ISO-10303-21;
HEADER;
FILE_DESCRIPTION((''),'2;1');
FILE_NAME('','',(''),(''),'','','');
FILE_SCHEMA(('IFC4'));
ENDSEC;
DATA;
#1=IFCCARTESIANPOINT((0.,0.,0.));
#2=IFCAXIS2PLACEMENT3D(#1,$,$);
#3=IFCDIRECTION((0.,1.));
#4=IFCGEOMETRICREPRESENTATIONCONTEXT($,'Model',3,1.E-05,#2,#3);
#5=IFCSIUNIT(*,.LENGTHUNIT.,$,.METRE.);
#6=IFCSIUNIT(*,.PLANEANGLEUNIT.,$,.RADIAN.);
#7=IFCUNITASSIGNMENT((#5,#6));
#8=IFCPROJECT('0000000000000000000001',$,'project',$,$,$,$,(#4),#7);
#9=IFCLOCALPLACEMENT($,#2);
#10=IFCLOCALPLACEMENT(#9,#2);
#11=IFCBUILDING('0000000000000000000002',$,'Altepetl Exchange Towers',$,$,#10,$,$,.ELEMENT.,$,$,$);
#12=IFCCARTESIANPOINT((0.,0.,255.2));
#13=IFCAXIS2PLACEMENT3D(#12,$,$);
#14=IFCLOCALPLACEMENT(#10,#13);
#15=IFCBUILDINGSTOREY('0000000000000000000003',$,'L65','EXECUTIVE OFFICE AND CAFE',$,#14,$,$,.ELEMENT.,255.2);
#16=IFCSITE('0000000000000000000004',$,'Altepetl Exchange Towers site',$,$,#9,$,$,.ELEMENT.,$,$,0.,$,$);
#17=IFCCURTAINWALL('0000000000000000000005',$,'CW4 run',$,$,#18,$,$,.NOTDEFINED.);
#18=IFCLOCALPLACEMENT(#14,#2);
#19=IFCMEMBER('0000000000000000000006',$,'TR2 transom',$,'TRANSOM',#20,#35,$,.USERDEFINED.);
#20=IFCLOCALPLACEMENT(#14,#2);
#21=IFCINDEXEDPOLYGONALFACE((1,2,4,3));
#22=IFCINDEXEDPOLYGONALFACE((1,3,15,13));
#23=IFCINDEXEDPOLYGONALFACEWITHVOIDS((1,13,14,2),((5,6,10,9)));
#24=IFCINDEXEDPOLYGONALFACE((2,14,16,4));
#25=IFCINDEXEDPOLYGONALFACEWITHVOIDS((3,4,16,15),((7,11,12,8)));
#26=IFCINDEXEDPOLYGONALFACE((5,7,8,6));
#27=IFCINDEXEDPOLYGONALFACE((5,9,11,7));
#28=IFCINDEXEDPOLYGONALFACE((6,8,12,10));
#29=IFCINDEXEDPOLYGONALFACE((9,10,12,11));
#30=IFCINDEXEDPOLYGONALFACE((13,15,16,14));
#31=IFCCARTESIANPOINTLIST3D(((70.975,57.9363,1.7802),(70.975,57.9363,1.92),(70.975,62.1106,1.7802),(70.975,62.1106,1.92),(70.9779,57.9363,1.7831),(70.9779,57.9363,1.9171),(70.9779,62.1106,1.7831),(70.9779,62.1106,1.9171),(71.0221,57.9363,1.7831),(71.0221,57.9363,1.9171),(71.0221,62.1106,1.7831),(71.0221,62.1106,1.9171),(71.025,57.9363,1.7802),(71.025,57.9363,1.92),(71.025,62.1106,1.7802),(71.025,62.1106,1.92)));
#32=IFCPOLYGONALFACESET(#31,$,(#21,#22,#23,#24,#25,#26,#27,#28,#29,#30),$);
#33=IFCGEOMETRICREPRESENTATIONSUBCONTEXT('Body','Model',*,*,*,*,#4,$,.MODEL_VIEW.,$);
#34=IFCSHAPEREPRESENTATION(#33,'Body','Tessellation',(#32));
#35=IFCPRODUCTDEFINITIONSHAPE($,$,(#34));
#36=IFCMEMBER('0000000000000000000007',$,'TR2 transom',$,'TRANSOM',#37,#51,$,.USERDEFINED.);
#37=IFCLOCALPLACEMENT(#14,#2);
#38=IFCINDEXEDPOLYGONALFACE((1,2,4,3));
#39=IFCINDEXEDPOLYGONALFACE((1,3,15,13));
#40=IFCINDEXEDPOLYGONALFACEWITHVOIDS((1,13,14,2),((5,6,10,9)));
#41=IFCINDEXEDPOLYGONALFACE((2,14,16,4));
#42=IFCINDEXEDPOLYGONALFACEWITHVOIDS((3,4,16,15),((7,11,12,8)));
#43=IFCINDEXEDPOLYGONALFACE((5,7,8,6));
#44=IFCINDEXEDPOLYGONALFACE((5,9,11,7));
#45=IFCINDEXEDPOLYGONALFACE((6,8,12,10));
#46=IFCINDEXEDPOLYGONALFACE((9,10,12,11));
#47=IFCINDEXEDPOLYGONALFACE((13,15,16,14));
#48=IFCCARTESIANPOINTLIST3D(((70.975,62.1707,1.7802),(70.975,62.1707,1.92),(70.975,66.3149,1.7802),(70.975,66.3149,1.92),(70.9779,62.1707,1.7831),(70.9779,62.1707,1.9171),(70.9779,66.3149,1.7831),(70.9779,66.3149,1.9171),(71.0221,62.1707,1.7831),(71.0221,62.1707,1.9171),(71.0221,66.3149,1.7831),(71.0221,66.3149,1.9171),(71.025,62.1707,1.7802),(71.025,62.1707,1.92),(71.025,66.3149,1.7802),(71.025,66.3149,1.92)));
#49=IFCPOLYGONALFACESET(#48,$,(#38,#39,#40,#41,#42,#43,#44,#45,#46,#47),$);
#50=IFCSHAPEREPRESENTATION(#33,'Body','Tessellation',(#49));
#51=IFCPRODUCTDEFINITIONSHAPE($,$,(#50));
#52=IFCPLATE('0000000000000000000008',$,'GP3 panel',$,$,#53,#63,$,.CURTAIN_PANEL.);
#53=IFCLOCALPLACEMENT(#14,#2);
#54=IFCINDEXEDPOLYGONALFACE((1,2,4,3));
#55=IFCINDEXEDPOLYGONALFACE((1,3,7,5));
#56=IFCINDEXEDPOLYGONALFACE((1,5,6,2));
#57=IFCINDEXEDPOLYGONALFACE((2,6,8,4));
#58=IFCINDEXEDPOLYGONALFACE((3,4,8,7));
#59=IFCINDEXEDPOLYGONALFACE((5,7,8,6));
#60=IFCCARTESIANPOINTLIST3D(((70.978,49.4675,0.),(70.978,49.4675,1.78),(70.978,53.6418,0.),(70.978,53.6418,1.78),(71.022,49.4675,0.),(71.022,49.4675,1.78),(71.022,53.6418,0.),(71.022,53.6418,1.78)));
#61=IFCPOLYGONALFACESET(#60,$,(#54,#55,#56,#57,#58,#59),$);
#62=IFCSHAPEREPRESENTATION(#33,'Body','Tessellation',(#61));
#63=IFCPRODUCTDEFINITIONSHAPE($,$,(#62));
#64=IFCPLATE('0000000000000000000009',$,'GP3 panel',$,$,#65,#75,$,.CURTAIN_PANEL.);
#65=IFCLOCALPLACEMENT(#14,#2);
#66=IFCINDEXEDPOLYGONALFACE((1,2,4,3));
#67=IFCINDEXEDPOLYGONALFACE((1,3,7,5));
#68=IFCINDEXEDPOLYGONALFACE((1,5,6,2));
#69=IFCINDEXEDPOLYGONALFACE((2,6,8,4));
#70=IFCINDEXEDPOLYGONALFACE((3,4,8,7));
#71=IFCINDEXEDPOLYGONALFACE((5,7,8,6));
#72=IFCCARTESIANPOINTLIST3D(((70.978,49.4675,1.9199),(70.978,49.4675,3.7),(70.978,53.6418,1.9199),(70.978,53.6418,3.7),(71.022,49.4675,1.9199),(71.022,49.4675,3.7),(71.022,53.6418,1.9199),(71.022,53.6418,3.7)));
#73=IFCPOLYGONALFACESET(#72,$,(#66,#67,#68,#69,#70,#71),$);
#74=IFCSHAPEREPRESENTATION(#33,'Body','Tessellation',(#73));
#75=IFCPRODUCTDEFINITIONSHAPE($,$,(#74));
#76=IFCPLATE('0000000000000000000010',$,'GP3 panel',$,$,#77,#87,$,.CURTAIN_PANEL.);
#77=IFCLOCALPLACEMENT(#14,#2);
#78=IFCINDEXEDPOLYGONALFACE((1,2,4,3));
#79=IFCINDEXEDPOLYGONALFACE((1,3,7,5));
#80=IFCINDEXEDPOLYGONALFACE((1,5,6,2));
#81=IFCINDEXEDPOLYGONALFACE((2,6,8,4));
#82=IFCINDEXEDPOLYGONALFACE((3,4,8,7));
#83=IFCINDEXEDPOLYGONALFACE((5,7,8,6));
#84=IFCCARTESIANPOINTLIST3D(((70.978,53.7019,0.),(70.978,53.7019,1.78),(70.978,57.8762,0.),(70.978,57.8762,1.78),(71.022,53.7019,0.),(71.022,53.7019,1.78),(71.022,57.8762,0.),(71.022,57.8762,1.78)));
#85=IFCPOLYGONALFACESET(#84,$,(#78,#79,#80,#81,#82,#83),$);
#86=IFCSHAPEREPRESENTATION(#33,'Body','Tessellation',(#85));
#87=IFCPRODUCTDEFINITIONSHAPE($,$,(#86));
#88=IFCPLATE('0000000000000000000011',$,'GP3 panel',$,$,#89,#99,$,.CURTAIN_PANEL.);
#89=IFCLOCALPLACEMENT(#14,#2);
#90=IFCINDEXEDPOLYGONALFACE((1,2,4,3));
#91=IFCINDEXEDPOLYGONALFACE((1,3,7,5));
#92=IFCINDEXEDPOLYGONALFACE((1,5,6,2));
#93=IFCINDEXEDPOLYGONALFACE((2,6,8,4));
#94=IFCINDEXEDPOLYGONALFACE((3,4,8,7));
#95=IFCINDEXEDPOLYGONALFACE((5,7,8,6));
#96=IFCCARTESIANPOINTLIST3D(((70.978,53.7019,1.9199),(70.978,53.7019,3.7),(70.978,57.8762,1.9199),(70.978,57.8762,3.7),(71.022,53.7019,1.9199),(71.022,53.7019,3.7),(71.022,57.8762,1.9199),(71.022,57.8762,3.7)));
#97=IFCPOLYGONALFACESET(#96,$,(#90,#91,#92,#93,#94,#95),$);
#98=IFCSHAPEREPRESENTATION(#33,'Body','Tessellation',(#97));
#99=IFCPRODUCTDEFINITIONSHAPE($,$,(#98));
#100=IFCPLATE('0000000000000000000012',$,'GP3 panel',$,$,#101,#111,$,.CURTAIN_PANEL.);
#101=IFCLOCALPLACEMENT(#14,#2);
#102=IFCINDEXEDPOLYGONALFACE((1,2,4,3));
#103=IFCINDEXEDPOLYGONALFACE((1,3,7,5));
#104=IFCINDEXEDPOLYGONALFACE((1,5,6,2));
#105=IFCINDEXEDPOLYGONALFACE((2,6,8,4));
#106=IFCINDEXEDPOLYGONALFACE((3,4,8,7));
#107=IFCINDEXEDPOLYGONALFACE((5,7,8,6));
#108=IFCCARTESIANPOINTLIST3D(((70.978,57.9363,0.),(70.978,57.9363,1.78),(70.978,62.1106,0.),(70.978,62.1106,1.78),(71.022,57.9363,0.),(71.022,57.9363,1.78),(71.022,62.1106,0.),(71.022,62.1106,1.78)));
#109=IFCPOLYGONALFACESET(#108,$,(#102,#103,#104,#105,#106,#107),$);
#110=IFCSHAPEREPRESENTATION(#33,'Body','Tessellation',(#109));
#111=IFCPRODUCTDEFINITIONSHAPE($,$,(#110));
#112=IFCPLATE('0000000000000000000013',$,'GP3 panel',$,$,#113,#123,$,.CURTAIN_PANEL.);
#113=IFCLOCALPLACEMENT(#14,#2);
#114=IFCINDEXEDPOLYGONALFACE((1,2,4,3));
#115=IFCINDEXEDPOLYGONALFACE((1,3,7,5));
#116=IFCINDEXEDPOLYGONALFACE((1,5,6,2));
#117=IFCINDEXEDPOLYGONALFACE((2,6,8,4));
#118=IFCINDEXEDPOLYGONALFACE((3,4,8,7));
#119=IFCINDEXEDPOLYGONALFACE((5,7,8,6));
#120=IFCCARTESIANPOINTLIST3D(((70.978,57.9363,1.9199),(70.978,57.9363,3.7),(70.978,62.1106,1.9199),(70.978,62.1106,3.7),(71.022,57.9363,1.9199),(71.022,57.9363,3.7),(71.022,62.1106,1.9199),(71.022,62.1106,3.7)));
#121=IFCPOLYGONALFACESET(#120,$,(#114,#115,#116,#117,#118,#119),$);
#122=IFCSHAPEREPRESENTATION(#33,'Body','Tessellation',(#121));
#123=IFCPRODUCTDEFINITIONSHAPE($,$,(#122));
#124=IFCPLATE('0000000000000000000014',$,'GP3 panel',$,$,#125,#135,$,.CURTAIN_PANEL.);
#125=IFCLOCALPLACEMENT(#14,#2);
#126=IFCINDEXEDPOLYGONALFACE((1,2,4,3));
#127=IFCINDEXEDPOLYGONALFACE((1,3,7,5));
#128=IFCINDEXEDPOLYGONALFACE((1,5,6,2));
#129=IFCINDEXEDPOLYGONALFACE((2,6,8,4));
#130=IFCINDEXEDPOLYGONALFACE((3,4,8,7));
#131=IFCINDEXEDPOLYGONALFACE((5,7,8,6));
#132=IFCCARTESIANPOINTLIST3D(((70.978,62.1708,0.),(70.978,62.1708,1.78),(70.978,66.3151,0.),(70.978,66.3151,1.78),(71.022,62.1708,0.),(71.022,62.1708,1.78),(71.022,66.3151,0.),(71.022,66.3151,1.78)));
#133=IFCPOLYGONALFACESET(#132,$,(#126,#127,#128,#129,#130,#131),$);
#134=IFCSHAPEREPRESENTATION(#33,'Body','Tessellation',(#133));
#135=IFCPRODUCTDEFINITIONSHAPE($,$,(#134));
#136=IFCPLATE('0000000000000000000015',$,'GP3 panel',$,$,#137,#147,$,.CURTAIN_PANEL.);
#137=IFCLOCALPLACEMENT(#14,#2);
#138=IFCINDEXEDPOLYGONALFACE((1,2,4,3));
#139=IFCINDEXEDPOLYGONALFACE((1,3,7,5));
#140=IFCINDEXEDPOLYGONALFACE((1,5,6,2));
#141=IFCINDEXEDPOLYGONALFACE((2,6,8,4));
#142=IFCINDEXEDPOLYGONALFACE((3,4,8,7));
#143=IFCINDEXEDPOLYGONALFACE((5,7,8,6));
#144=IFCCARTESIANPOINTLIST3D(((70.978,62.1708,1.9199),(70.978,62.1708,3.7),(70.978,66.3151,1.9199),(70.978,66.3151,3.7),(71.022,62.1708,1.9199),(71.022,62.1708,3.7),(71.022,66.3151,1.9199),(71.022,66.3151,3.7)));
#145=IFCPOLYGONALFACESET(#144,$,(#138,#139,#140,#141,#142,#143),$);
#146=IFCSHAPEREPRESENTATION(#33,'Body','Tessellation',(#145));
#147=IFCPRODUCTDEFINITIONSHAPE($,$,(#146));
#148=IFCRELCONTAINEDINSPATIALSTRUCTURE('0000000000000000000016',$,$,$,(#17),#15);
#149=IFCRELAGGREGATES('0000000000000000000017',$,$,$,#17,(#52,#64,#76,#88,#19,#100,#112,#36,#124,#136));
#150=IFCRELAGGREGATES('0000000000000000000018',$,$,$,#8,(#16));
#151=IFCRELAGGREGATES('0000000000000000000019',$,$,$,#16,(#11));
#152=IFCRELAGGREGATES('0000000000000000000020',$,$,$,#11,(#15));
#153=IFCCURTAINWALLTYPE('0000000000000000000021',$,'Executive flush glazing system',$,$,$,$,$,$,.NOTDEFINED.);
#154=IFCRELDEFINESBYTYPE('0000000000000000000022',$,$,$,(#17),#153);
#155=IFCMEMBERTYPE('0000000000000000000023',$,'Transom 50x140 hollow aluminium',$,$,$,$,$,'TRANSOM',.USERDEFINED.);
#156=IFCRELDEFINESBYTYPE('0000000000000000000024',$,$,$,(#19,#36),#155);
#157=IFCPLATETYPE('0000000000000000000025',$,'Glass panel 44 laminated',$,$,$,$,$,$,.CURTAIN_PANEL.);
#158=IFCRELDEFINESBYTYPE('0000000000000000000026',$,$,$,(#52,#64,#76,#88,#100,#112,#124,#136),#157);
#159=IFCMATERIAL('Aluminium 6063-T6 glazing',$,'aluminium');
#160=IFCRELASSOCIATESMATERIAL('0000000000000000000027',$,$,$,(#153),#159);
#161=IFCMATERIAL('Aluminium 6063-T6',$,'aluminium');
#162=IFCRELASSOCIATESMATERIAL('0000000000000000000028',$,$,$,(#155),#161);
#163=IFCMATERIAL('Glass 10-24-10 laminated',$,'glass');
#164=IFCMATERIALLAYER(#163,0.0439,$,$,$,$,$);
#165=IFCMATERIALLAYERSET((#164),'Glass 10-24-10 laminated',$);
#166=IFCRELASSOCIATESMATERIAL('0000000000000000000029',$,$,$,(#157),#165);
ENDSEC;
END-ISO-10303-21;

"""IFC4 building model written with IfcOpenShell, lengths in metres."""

from ifc_helpers import new_model, si_unit, direction, frame, origin, origin_2d, place, context, subcontext, project, spatial, rectangle, hollow_rectangle, extrude, material, layer, layer_set, material_profile, profile_set, type_object, element, aggregate, save


model = new_model("IFC4")

# Units and contexts
model_context = context("Model", 3, precision=1e-05, world=origin(), true_north=direction((0.0, 1.0)))
body_context = subcontext(model_context, "Body", "Model", "MODEL_VIEW")
ifc_project = project(units=[si_unit("LENGTHUNIT", "METRE"), si_unit("PLANEANGLEUNIT", "RADIAN")], contexts=[model_context])

# Site, building, storey
site_placement = place(None, origin())
site = spatial("IfcSite", under=ifc_project, at=site_placement, Name="Altepetl Exchange Towers site", CompositionType="ELEMENT", RefElevation=0.0)
building_placement = place(site_placement, origin())
building = spatial("IfcBuilding", under=site, at=building_placement, Name="Altepetl Exchange Towers", CompositionType="ELEMENT")
storey_placement = place(building_placement, frame((0.0, 0.0, 255.2)))
storey = spatial("IfcBuildingStorey", under=building, at=storey_placement, Name="L65", Description="EXECUTIVE OFFICE AND CAFE", CompositionType="ELEMENT", Elevation=255.2)

# Curtain wall
ifc_material_1 = material(Name="Aluminium 6063-T6 glazing", Category="aluminium")
curtain_wall_type = type_object("IfcCurtainWallType", Name="Executive flush glazing system", PredefinedType="NOTDEFINED", material=ifc_material_1)
curtain_wall_placement = place(storey_placement, origin())
curtain_wall = element("IfcCurtainWall", 1, at=curtain_wall_placement, inside=storey, type_object=curtain_wall_type, Name="CW4 run", PredefinedType="NOTDEFINED")
ifc_material_2 = material(Name="Aluminium 6063-T6", Category="aluminium")

# Members
ifc_material_profile_1 = material_profile(ifc_material_2, hollow_rectangle(XDim=0.05, YDim=0.1399, WallThickness=0.0029, at=origin_2d()), Name="Transom 50x140 hollow aluminium")
ifc_profile_set_1 = profile_set([ifc_material_profile_1], Name="Aluminium 6063-T6")
member_type_1 = type_object("IfcMemberType", Name="Transom 50x140 hollow aluminium", ElementType="TRANSOM", PredefinedType="USERDEFINED", material=ifc_profile_set_1)
member_1_placement = place(storey_placement, frame((71.0, 57.9363, 1.8501), z_axis=(0.0, 1.0, 0.0), x_axis=(-1.0, 0.0, 0.0)))
member_1 = element("IfcMember", 2, at=member_1_placement, type_object=member_type_1, Name="TR2 transom", ObjectType="TRANSOM", PredefinedType="USERDEFINED", context=body_context, shape_type="SweptSolid", body=[
    extrude(hollow_rectangle(XDim=0.05, YDim=0.1399, WallThickness=0.0029, at=origin_2d()), origin(), (0.0, 0.0, 1.0), 4.1743),
])
member_2_placement = place(storey_placement, frame((71.0, 62.1707, 1.8501), z_axis=(0.0, 1.0, 0.0), x_axis=(-1.0, 0.0, 0.0)))
member_2 = element("IfcMember", 3, at=member_2_placement, type_object=member_type_1, Name="TR2 transom", ObjectType="TRANSOM", PredefinedType="USERDEFINED", context=body_context, shape_type="SweptSolid", body=[
    extrude(hollow_rectangle(XDim=0.05, YDim=0.1399, WallThickness=0.0029, at=origin_2d()), origin(), (0.0, 0.0, 1.0), 4.1443),
])

# Plates
ifc_material_3 = material(Name="Glass 10-24-10 laminated", Category="glass")
ifc_layer = layer(ifc_material_3, 0.0439)
ifc_layer_set = layer_set([ifc_layer], Name="Glass 10-24-10 laminated")
plate_type = type_object("IfcPlateType", Name="Glass panel 44 laminated", PredefinedType="CURTAIN_PANEL", material=ifc_layer_set)
plate_1_placement = place(storey_placement, frame((71.0, 51.5547, 0.0), z_axis=(0.0, 0.0, 1.0), x_axis=(0.0, 1.0, 0.0)))
plate_1 = element("IfcPlate", 4, at=plate_1_placement, type_object=plate_type, Name="GP3 panel", PredefinedType="CURTAIN_PANEL", context=body_context, shape_type="SweptSolid", body=[
    extrude(rectangle(XDim=4.1743, YDim=0.0439, at=origin_2d()), origin(), (0.0, 0.0, 1.0), 1.78),
])
plate_2_placement = place(storey_placement, frame((71.0, 51.5547, 1.9199), z_axis=(0.0, 0.0, 1.0), x_axis=(0.0, 1.0, 0.0)))
plate_2 = element("IfcPlate", 5, at=plate_2_placement, type_object=plate_type, Name="GP3 panel", PredefinedType="CURTAIN_PANEL", context=body_context, shape_type="SweptSolid", body=[
    extrude(rectangle(XDim=4.1743, YDim=0.0439, at=origin_2d()), origin(), (0.0, 0.0, 1.0), 1.78),
])
plate_3_placement = place(storey_placement, frame((71.0, 55.7891, 0.0), z_axis=(0.0, 0.0, 1.0), x_axis=(0.0, 1.0, 0.0)))
plate_3 = element("IfcPlate", 6, at=plate_3_placement, type_object=plate_type, Name="GP3 panel", PredefinedType="CURTAIN_PANEL", context=body_context, shape_type="SweptSolid", body=[
    extrude(rectangle(XDim=4.1743, YDim=0.0439, at=origin_2d()), origin(), (0.0, 0.0, 1.0), 1.78),
])
plate_4_placement = place(storey_placement, frame((71.0, 55.7891, 1.9199), z_axis=(0.0, 0.0, 1.0), x_axis=(0.0, 1.0, 0.0)))
plate_4 = element("IfcPlate", 7, at=plate_4_placement, type_object=plate_type, Name="GP3 panel", PredefinedType="CURTAIN_PANEL", context=body_context, shape_type="SweptSolid", body=[
    extrude(rectangle(XDim=4.1743, YDim=0.0439, at=origin_2d()), origin(), (0.0, 0.0, 1.0), 1.78),
])
plate_5_placement = place(storey_placement, frame((71.0, 60.0234, 0.0), z_axis=(0.0, 0.0, 1.0), x_axis=(0.0, 1.0, 0.0)))
plate_5 = element("IfcPlate", 8, at=plate_5_placement, type_object=plate_type, Name="GP3 panel", PredefinedType="CURTAIN_PANEL", context=body_context, shape_type="SweptSolid", body=[
    extrude(rectangle(XDim=4.1743, YDim=0.0439, at=origin_2d()), origin(), (0.0, 0.0, 1.0), 1.78),
])
plate_6_placement = place(storey_placement, frame((71.0, 60.0234, 1.9199), z_axis=(0.0, 0.0, 1.0), x_axis=(0.0, 1.0, 0.0)))
plate_6 = element("IfcPlate", 9, at=plate_6_placement, type_object=plate_type, Name="GP3 panel", PredefinedType="CURTAIN_PANEL", context=body_context, shape_type="SweptSolid", body=[
    extrude(rectangle(XDim=4.1743, YDim=0.0439, at=origin_2d()), origin(), (0.0, 0.0, 1.0), 1.78),
])
plate_7_placement = place(storey_placement, frame((71.0, 64.2429, 0.0), z_axis=(0.0, 0.0, 1.0), x_axis=(0.0, 1.0, 0.0)))
plate_7 = element("IfcPlate", 10, at=plate_7_placement, type_object=plate_type, Name="GP3 panel", PredefinedType="CURTAIN_PANEL", context=body_context, shape_type="SweptSolid", body=[
    extrude(rectangle(XDim=4.1443, YDim=0.0439, at=origin_2d()), origin(), (0.0, 0.0, 1.0), 1.78),
])
plate_8_placement = place(storey_placement, frame((71.0, 64.2429, 1.9199), z_axis=(0.0, 0.0, 1.0), x_axis=(0.0, 1.0, 0.0)))
plate_8 = element("IfcPlate", 11, at=plate_8_placement, type_object=plate_type, Name="GP3 panel", PredefinedType="CURTAIN_PANEL", context=body_context, shape_type="SweptSolid", body=[
    extrude(rectangle(XDim=4.1443, YDim=0.0439, at=origin_2d()), origin(), (0.0, 0.0, 1.0), 1.78),
])
aggregate(curtain_wall, [plate_1, plate_2, plate_3, plate_4, member_1, plate_5, plate_6, member_2, plate_7, plate_8])

save(model, "model.ifc")
